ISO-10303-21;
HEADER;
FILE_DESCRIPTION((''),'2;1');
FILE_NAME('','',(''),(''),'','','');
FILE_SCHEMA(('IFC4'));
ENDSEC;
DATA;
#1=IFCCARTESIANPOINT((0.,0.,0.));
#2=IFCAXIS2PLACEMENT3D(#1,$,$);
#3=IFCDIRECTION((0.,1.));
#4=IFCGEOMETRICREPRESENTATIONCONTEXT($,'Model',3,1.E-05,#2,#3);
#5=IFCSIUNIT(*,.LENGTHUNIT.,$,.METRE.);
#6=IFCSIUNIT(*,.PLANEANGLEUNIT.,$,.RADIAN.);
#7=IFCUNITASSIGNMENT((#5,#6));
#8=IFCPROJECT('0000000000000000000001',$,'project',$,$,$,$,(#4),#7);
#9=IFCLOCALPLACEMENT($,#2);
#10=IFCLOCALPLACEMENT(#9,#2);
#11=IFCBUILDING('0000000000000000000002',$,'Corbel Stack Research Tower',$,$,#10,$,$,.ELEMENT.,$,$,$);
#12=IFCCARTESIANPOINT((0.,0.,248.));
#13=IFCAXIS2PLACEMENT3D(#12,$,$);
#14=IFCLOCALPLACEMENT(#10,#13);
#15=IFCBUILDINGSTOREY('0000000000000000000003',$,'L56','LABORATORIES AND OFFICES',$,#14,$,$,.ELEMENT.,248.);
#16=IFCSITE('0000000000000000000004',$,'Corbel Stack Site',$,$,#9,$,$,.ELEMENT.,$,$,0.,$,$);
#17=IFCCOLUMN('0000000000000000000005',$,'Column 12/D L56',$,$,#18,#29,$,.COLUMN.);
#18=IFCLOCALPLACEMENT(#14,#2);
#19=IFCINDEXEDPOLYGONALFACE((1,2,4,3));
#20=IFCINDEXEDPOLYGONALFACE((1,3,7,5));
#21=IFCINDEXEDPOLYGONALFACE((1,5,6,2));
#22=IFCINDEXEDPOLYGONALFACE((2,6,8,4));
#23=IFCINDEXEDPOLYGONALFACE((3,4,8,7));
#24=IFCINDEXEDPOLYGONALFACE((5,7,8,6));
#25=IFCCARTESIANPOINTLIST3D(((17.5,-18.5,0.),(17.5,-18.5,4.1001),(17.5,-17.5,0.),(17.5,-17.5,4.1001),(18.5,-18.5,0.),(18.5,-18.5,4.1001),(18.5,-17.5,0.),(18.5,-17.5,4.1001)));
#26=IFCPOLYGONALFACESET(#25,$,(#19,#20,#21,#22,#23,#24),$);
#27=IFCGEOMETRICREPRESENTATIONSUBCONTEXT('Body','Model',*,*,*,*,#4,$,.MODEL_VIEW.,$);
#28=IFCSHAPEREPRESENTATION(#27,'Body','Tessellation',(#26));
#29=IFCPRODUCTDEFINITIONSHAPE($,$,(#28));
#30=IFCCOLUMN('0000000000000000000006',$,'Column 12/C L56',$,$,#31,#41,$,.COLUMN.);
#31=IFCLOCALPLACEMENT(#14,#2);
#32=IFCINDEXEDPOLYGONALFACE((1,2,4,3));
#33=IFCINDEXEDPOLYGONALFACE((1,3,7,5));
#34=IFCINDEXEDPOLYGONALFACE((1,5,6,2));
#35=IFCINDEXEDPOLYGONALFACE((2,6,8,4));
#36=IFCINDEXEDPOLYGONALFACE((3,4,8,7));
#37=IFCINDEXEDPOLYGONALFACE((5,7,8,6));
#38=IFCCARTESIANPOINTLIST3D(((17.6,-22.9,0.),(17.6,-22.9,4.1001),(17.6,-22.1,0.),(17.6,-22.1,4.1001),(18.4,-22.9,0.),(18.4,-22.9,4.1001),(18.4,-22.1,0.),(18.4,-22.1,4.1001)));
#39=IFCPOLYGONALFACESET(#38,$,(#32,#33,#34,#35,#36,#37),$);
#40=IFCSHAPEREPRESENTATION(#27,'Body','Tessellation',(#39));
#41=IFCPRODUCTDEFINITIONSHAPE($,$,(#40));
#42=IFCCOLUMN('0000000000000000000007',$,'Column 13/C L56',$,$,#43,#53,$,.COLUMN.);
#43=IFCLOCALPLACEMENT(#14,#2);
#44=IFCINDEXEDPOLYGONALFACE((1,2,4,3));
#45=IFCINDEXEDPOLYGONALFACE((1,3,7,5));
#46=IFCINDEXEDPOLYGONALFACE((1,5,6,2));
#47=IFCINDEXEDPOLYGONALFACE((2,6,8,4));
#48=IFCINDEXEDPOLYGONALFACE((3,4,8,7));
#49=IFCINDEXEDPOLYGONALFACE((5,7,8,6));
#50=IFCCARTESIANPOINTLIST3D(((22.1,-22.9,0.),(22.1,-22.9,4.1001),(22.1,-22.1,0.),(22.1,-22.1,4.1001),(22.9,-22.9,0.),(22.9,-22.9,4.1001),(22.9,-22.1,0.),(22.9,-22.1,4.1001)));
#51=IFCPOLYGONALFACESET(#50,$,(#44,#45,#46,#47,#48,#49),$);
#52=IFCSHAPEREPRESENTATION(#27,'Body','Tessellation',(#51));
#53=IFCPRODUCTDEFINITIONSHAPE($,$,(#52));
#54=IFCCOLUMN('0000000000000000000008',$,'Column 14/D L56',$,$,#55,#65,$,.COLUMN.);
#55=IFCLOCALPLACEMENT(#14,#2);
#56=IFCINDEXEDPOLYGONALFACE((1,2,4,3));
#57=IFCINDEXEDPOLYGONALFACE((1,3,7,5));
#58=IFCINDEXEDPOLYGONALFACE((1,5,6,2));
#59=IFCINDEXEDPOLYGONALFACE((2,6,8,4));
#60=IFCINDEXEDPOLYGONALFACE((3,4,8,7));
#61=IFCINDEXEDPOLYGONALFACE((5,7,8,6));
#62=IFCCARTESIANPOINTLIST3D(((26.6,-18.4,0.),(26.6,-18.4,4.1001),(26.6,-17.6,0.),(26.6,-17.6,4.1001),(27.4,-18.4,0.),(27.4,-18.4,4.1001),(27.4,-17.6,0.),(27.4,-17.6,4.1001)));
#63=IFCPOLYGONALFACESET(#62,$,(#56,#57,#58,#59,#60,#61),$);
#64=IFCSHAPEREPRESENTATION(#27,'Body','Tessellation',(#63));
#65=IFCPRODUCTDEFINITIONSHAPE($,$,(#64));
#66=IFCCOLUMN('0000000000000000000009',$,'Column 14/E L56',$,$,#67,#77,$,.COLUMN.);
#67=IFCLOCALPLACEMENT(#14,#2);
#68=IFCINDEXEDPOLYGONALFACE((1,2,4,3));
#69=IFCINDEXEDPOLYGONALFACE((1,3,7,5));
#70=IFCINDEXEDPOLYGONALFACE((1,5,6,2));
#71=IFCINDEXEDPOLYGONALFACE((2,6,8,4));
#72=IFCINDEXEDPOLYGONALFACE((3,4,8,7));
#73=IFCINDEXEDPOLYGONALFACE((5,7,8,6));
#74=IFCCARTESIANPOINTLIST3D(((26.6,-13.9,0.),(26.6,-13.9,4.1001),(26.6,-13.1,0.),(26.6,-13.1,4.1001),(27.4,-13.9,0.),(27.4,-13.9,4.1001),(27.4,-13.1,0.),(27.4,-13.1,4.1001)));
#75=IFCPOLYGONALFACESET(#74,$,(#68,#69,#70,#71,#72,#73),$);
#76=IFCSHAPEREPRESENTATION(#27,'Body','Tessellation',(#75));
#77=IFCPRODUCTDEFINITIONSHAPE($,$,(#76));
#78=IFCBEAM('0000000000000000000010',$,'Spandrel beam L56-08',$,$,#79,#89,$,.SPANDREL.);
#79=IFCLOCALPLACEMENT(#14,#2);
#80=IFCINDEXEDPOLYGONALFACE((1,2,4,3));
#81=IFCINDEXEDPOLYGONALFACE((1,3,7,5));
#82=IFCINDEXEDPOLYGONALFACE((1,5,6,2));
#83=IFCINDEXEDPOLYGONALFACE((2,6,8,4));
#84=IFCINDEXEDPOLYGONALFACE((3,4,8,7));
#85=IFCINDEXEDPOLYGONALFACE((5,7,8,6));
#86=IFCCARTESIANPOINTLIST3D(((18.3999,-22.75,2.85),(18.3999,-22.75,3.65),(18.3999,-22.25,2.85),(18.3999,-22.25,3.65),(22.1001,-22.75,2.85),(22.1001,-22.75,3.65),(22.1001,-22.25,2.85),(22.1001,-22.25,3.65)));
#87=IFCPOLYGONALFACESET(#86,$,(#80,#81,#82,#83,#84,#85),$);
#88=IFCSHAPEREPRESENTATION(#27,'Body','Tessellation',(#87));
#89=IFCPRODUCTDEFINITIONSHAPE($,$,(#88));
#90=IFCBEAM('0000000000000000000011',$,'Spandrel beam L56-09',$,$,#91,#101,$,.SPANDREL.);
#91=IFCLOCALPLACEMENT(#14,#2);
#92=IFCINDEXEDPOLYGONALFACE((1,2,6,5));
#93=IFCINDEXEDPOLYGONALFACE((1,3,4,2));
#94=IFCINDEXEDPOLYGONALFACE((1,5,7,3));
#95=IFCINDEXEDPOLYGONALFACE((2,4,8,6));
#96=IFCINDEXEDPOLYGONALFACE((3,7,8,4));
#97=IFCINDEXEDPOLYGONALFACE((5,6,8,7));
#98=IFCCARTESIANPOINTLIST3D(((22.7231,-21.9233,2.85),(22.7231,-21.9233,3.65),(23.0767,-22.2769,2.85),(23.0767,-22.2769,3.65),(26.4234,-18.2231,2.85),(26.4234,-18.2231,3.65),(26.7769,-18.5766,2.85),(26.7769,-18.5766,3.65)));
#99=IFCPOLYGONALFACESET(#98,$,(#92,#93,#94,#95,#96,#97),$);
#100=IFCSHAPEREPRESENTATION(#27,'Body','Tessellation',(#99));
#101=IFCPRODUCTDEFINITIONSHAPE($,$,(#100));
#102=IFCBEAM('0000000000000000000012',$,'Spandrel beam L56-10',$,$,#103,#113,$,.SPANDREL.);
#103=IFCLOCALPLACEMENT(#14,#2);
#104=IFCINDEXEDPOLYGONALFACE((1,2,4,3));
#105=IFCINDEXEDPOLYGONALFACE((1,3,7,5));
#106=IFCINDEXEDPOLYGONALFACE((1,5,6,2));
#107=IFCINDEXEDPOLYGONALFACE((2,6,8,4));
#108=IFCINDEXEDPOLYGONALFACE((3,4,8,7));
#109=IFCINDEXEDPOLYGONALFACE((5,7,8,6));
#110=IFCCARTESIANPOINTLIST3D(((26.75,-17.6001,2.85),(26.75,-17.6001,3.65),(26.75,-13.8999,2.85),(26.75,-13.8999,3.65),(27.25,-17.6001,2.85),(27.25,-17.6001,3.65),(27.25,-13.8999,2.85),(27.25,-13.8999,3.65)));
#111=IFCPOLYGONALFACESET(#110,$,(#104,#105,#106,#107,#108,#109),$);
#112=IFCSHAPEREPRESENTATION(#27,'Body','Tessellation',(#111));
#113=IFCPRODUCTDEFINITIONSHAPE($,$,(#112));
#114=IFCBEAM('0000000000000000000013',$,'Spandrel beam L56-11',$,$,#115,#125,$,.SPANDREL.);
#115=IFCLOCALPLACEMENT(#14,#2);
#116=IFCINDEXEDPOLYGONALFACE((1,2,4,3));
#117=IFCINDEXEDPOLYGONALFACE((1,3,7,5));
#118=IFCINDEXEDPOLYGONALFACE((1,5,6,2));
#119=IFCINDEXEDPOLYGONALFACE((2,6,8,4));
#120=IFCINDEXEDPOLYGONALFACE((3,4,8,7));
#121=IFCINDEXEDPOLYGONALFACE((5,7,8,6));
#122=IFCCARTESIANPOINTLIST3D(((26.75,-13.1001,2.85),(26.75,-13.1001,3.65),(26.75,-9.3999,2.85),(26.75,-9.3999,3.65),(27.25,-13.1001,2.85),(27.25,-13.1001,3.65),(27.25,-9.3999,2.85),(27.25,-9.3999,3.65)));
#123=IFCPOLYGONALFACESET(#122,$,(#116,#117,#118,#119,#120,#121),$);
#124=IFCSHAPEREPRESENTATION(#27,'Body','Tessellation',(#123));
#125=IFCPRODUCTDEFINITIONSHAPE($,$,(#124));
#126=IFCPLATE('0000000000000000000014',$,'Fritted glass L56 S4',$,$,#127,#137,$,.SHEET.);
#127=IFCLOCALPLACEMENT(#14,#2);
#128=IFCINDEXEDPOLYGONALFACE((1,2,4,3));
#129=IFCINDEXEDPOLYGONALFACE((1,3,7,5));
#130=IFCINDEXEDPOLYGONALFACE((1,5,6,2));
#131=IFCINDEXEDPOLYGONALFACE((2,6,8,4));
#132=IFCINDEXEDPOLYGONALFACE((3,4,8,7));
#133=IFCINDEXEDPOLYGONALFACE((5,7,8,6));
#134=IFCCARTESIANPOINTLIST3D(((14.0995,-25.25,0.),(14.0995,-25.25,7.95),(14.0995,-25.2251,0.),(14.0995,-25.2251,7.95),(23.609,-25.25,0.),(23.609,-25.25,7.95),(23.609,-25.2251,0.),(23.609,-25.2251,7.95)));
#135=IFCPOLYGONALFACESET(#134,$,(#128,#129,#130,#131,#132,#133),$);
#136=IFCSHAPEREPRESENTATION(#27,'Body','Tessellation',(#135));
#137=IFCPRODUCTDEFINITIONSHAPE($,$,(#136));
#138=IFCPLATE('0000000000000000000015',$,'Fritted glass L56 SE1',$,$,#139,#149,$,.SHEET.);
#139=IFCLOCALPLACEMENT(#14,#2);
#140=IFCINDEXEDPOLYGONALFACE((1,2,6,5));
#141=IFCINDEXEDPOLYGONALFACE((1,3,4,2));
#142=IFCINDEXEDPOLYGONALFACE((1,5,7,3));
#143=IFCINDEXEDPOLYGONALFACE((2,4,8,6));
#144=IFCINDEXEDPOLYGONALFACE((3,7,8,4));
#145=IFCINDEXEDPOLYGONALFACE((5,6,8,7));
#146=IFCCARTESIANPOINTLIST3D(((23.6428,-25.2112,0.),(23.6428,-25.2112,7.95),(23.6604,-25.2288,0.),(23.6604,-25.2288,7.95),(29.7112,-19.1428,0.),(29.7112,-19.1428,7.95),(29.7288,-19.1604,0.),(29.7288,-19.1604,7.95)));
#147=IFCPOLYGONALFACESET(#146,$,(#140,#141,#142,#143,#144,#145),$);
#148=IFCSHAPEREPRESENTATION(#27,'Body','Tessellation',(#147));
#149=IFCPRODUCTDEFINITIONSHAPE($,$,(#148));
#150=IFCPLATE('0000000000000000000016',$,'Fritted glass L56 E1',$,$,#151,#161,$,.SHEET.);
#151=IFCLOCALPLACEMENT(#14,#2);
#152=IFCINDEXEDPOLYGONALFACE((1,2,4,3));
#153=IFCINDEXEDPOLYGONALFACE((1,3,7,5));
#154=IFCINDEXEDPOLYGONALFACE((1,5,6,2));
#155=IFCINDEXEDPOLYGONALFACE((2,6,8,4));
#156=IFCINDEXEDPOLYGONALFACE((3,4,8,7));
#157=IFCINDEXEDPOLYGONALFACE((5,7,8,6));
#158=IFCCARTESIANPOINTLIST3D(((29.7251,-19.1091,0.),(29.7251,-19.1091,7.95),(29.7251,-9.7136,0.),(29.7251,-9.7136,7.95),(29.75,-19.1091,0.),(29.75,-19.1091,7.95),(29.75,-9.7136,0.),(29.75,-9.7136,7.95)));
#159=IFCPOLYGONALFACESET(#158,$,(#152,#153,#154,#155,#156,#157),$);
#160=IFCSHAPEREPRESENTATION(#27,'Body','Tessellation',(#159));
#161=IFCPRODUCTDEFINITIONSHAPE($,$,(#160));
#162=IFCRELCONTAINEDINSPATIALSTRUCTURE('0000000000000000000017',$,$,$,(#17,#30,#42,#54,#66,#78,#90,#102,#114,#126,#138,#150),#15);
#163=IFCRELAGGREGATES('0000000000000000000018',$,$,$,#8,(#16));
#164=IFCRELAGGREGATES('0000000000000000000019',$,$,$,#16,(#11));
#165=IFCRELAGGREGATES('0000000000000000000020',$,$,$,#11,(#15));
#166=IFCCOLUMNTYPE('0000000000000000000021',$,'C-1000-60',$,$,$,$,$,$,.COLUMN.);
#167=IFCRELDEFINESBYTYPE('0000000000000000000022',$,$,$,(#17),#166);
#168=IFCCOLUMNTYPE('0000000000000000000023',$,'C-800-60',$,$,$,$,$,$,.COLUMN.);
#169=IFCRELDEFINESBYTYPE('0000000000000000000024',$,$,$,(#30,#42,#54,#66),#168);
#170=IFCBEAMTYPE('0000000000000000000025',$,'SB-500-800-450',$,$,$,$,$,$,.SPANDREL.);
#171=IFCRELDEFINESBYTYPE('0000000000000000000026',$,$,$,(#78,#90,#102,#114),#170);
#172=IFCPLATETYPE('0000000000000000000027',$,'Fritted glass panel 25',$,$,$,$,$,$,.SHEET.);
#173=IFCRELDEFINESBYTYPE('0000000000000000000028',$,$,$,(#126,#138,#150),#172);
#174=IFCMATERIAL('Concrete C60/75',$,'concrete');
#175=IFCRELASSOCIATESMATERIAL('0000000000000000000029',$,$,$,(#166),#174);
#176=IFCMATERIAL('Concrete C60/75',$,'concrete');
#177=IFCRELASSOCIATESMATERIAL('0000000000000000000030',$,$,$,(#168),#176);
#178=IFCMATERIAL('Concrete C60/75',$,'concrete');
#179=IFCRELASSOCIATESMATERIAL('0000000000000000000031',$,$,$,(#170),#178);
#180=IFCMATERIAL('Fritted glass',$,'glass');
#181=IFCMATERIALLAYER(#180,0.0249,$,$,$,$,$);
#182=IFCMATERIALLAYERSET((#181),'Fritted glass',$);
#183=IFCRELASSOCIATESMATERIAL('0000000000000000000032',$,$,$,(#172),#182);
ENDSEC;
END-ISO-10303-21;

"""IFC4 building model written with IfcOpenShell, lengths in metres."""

from ifc_helpers import new_model, si_unit, direction, frame, origin, origin_2d, place, context, subcontext, project, spatial, rectangle, extrude, material, layer, layer_set, material_profile, profile_set, type_object, element, save


model = new_model("IFC4")

# Units and contexts
model_context = context("Model", 3, precision=1e-05, world=origin(), true_north=direction((0.0, 1.0)))
body_context = subcontext(model_context, "Body", "Model", "MODEL_VIEW")
ifc_project = project(units=[si_unit("LENGTHUNIT", "METRE"), si_unit("PLANEANGLEUNIT", "RADIAN")], contexts=[model_context])

# Site, building, storey
site_placement = place(None, origin())
site = spatial("IfcSite", under=ifc_project, at=site_placement, Name="Corbel Stack Site", CompositionType="ELEMENT", RefElevation=0.0)
building_placement = place(site_placement, origin())
building = spatial("IfcBuilding", under=site, at=building_placement, Name="Corbel Stack Research Tower", CompositionType="ELEMENT")
storey_placement = place(building_placement, frame((0.0, 0.0, 248.0)))
storey = spatial("IfcBuildingStorey", under=building, at=storey_placement, Name="L56", Description="LABORATORIES AND OFFICES", CompositionType="ELEMENT", Elevation=248.0)

# Columns
ifc_material_1 = material(Name="Concrete C60/75", Category="concrete")
ifc_material_profile_1 = material_profile(ifc_material_1, rectangle(XDim=1.0, YDim=1.0, at=origin_2d()), Name="RC 1000 x 1000")
ifc_profile_set_1 = profile_set([ifc_material_profile_1], Name="Concrete C60/75")
column_type_1 = type_object("IfcColumnType", Name="C-1000-60", PredefinedType="COLUMN", material=ifc_profile_set_1)
column_placement = place(storey_placement, frame((18.0, -18.0, 0.0), z_axis=(0.0, 0.0, 1.0), x_axis=(1.0, 0.0, 0.0)))
element("IfcColumn", 1, at=column_placement, inside=storey, type_object=column_type_1, Name="Column 12/D L56", PredefinedType="COLUMN", context=body_context, shape_type="SweptSolid", body=[
    extrude(rectangle(XDim=1.0, YDim=1.0, at=origin_2d()), origin(), (0.0, 0.0, 1.0), 4.1001),
])
ifc_material_2 = material(Name="Concrete C60/75", Category="concrete")
ifc_material_profile_2 = material_profile(ifc_material_2, rectangle(XDim=0.8, YDim=0.8, at=origin_2d()), Name="RC 800 x 800")
ifc_profile_set_2 = profile_set([ifc_material_profile_2], Name="Concrete C60/75")
column_type_2 = type_object("IfcColumnType", Name="C-800-60", PredefinedType="COLUMN", material=ifc_profile_set_2)
for number, where, z_axis, x_axis, name in (
    (2, (18.0, -22.5, 0.0), (0.0, 0.0, 1.0), (1.0, 0.0, 0.0), "Column 12/C L56"),
    (3, (22.5, -22.5, 0.0), (0.0, 0.0, 1.0), (1.0, 0.0, 0.0), "Column 13/C L56"),
    (4, (27.0, -18.0, 0.0), (0.0, 0.0, 1.0), (1.0, 0.0, 0.0), "Column 14/D L56"),
    (5, (27.0, -13.5, 0.0), (0.0, 0.0, 1.0), (1.0, 0.0, 0.0), "Column 14/E L56"),
):
    element("IfcColumn", number, at=place(storey_placement, frame(where, z_axis=z_axis, x_axis=x_axis)), inside=storey, type_object=column_type_2, Name=name, PredefinedType="COLUMN", context=body_context, shape_type="SweptSolid", body=[
        extrude(rectangle(XDim=0.8, YDim=0.8, at=origin_2d()), origin(), (0.0, 0.0, 1.0), 4.1001),
    ])

# Beams
ifc_material_3 = material(Name="Concrete C60/75", Category="concrete")
ifc_material_profile_3 = material_profile(ifc_material_3, rectangle(XDim=0.5, YDim=0.8, at=origin_2d()), Name="RC 500 x 800")
ifc_profile_set_3 = profile_set([ifc_material_profile_3], Name="Concrete C60/75")
beam_type = type_object("IfcBeamType", Name="SB-500-800-450", PredefinedType="SPANDREL", material=ifc_profile_set_3)
beam_1_placement = place(storey_placement, frame((18.3999, -22.5, 3.25), z_axis=(1.0, 0.0, 0.0), x_axis=(0.0, 1.0, 0.0)))
element("IfcBeam", 6, at=beam_1_placement, inside=storey, type_object=beam_type, Name="Spandrel beam L56-08", PredefinedType="SPANDREL", context=body_context, shape_type="SweptSolid", body=[
    extrude(rectangle(XDim=0.5, YDim=0.8, at=origin_2d()), origin(), (0.0, 0.0, 1.0), 3.7002),
])
beam_2_placement = place(storey_placement, frame((22.8999, -22.1001, 3.25), z_axis=(0.707107, 0.707107, 0.0), x_axis=(-0.707107, 0.707107, 0.0)))
element("IfcBeam", 7, at=beam_2_placement, inside=storey, type_object=beam_type, Name="Spandrel beam L56-09", PredefinedType="SPANDREL", context=body_context, shape_type="SweptSolid", body=[
    extrude(rectangle(XDim=0.5, YDim=0.8, at=origin_2d()), origin(), (0.0, 0.0, 1.0), 5.2329),
])
for number, where, z_axis, x_axis, name in (
    (8, (27.0, -17.6001, 3.25), (0.0, 1.0, 0.0), (-1.0, 0.0, 0.0), "Spandrel beam L56-10"),
    (9, (27.0, -13.1001, 3.25), (0.0, 1.0, 0.0), (-1.0, 0.0, 0.0), "Spandrel beam L56-11"),
):
    element("IfcBeam", number, at=place(storey_placement, frame(where, z_axis=z_axis, x_axis=x_axis)), inside=storey, type_object=beam_type, Name=name, PredefinedType="SPANDREL", context=body_context, shape_type="SweptSolid", body=[
        extrude(rectangle(XDim=0.5, YDim=0.8, at=origin_2d()), origin(), (0.0, 0.0, 1.0), 3.7002),
    ])

# Plates
ifc_material_4 = material(Name="Fritted glass", Category="glass")
ifc_layer_1 = layer(ifc_material_4, 0.0249)
ifc_layer_set_1 = layer_set([ifc_layer_1], Name="Fritted glass")
plate_type = type_object("IfcPlateType", Name="Fritted glass panel 25", PredefinedType="SHEET", material=ifc_layer_set_1)
plate_1_placement = place(storey_placement, frame((18.8542, -25.2375, 0.0), z_axis=(0.0, 0.0, 1.0), x_axis=(1.0, 0.0, 0.0)))
element("IfcPlate", 10, at=plate_1_placement, inside=storey, type_object=plate_type, Name="Fritted glass L56 S4", PredefinedType="SHEET", context=body_context, shape_type="SweptSolid", body=[
    extrude(rectangle(XDim=9.5095, YDim=0.0249, at=origin_2d()), origin(), (0.0, 0.0, 1.0), 7.95),
])
plate_2_placement = place(storey_placement, frame((26.6858, -22.1858, 0.0), z_axis=(0.0, 0.0, 1.0), x_axis=(0.707107, 0.707107, 0.0)))
element("IfcPlate", 11, at=plate_2_placement, inside=storey, type_object=plate_type, Name="Fritted glass L56 SE1", PredefinedType="SHEET", context=body_context, shape_type="SweptSolid", body=[
    extrude(rectangle(XDim=8.582, YDim=0.0249, at=origin_2d()), origin(), (0.0, 0.0, 1.0), 7.95),
])
plate_3_placement = place(storey_placement, frame((29.7375, -14.4114, 0.0), z_axis=(0.0, 0.0, 1.0), x_axis=(0.0, 1.0, 0.0)))
element("IfcPlate", 12, at=plate_3_placement, inside=storey, type_object=plate_type, Name="Fritted glass L56 E1", PredefinedType="SHEET", context=body_context, shape_type="SweptSolid", body=[
    extrude(rectangle(XDim=9.3955, YDim=0.0249, at=origin_2d()), origin(), (0.0, 0.0, 1.0), 7.95),
])

save(model, "model.ifc")
